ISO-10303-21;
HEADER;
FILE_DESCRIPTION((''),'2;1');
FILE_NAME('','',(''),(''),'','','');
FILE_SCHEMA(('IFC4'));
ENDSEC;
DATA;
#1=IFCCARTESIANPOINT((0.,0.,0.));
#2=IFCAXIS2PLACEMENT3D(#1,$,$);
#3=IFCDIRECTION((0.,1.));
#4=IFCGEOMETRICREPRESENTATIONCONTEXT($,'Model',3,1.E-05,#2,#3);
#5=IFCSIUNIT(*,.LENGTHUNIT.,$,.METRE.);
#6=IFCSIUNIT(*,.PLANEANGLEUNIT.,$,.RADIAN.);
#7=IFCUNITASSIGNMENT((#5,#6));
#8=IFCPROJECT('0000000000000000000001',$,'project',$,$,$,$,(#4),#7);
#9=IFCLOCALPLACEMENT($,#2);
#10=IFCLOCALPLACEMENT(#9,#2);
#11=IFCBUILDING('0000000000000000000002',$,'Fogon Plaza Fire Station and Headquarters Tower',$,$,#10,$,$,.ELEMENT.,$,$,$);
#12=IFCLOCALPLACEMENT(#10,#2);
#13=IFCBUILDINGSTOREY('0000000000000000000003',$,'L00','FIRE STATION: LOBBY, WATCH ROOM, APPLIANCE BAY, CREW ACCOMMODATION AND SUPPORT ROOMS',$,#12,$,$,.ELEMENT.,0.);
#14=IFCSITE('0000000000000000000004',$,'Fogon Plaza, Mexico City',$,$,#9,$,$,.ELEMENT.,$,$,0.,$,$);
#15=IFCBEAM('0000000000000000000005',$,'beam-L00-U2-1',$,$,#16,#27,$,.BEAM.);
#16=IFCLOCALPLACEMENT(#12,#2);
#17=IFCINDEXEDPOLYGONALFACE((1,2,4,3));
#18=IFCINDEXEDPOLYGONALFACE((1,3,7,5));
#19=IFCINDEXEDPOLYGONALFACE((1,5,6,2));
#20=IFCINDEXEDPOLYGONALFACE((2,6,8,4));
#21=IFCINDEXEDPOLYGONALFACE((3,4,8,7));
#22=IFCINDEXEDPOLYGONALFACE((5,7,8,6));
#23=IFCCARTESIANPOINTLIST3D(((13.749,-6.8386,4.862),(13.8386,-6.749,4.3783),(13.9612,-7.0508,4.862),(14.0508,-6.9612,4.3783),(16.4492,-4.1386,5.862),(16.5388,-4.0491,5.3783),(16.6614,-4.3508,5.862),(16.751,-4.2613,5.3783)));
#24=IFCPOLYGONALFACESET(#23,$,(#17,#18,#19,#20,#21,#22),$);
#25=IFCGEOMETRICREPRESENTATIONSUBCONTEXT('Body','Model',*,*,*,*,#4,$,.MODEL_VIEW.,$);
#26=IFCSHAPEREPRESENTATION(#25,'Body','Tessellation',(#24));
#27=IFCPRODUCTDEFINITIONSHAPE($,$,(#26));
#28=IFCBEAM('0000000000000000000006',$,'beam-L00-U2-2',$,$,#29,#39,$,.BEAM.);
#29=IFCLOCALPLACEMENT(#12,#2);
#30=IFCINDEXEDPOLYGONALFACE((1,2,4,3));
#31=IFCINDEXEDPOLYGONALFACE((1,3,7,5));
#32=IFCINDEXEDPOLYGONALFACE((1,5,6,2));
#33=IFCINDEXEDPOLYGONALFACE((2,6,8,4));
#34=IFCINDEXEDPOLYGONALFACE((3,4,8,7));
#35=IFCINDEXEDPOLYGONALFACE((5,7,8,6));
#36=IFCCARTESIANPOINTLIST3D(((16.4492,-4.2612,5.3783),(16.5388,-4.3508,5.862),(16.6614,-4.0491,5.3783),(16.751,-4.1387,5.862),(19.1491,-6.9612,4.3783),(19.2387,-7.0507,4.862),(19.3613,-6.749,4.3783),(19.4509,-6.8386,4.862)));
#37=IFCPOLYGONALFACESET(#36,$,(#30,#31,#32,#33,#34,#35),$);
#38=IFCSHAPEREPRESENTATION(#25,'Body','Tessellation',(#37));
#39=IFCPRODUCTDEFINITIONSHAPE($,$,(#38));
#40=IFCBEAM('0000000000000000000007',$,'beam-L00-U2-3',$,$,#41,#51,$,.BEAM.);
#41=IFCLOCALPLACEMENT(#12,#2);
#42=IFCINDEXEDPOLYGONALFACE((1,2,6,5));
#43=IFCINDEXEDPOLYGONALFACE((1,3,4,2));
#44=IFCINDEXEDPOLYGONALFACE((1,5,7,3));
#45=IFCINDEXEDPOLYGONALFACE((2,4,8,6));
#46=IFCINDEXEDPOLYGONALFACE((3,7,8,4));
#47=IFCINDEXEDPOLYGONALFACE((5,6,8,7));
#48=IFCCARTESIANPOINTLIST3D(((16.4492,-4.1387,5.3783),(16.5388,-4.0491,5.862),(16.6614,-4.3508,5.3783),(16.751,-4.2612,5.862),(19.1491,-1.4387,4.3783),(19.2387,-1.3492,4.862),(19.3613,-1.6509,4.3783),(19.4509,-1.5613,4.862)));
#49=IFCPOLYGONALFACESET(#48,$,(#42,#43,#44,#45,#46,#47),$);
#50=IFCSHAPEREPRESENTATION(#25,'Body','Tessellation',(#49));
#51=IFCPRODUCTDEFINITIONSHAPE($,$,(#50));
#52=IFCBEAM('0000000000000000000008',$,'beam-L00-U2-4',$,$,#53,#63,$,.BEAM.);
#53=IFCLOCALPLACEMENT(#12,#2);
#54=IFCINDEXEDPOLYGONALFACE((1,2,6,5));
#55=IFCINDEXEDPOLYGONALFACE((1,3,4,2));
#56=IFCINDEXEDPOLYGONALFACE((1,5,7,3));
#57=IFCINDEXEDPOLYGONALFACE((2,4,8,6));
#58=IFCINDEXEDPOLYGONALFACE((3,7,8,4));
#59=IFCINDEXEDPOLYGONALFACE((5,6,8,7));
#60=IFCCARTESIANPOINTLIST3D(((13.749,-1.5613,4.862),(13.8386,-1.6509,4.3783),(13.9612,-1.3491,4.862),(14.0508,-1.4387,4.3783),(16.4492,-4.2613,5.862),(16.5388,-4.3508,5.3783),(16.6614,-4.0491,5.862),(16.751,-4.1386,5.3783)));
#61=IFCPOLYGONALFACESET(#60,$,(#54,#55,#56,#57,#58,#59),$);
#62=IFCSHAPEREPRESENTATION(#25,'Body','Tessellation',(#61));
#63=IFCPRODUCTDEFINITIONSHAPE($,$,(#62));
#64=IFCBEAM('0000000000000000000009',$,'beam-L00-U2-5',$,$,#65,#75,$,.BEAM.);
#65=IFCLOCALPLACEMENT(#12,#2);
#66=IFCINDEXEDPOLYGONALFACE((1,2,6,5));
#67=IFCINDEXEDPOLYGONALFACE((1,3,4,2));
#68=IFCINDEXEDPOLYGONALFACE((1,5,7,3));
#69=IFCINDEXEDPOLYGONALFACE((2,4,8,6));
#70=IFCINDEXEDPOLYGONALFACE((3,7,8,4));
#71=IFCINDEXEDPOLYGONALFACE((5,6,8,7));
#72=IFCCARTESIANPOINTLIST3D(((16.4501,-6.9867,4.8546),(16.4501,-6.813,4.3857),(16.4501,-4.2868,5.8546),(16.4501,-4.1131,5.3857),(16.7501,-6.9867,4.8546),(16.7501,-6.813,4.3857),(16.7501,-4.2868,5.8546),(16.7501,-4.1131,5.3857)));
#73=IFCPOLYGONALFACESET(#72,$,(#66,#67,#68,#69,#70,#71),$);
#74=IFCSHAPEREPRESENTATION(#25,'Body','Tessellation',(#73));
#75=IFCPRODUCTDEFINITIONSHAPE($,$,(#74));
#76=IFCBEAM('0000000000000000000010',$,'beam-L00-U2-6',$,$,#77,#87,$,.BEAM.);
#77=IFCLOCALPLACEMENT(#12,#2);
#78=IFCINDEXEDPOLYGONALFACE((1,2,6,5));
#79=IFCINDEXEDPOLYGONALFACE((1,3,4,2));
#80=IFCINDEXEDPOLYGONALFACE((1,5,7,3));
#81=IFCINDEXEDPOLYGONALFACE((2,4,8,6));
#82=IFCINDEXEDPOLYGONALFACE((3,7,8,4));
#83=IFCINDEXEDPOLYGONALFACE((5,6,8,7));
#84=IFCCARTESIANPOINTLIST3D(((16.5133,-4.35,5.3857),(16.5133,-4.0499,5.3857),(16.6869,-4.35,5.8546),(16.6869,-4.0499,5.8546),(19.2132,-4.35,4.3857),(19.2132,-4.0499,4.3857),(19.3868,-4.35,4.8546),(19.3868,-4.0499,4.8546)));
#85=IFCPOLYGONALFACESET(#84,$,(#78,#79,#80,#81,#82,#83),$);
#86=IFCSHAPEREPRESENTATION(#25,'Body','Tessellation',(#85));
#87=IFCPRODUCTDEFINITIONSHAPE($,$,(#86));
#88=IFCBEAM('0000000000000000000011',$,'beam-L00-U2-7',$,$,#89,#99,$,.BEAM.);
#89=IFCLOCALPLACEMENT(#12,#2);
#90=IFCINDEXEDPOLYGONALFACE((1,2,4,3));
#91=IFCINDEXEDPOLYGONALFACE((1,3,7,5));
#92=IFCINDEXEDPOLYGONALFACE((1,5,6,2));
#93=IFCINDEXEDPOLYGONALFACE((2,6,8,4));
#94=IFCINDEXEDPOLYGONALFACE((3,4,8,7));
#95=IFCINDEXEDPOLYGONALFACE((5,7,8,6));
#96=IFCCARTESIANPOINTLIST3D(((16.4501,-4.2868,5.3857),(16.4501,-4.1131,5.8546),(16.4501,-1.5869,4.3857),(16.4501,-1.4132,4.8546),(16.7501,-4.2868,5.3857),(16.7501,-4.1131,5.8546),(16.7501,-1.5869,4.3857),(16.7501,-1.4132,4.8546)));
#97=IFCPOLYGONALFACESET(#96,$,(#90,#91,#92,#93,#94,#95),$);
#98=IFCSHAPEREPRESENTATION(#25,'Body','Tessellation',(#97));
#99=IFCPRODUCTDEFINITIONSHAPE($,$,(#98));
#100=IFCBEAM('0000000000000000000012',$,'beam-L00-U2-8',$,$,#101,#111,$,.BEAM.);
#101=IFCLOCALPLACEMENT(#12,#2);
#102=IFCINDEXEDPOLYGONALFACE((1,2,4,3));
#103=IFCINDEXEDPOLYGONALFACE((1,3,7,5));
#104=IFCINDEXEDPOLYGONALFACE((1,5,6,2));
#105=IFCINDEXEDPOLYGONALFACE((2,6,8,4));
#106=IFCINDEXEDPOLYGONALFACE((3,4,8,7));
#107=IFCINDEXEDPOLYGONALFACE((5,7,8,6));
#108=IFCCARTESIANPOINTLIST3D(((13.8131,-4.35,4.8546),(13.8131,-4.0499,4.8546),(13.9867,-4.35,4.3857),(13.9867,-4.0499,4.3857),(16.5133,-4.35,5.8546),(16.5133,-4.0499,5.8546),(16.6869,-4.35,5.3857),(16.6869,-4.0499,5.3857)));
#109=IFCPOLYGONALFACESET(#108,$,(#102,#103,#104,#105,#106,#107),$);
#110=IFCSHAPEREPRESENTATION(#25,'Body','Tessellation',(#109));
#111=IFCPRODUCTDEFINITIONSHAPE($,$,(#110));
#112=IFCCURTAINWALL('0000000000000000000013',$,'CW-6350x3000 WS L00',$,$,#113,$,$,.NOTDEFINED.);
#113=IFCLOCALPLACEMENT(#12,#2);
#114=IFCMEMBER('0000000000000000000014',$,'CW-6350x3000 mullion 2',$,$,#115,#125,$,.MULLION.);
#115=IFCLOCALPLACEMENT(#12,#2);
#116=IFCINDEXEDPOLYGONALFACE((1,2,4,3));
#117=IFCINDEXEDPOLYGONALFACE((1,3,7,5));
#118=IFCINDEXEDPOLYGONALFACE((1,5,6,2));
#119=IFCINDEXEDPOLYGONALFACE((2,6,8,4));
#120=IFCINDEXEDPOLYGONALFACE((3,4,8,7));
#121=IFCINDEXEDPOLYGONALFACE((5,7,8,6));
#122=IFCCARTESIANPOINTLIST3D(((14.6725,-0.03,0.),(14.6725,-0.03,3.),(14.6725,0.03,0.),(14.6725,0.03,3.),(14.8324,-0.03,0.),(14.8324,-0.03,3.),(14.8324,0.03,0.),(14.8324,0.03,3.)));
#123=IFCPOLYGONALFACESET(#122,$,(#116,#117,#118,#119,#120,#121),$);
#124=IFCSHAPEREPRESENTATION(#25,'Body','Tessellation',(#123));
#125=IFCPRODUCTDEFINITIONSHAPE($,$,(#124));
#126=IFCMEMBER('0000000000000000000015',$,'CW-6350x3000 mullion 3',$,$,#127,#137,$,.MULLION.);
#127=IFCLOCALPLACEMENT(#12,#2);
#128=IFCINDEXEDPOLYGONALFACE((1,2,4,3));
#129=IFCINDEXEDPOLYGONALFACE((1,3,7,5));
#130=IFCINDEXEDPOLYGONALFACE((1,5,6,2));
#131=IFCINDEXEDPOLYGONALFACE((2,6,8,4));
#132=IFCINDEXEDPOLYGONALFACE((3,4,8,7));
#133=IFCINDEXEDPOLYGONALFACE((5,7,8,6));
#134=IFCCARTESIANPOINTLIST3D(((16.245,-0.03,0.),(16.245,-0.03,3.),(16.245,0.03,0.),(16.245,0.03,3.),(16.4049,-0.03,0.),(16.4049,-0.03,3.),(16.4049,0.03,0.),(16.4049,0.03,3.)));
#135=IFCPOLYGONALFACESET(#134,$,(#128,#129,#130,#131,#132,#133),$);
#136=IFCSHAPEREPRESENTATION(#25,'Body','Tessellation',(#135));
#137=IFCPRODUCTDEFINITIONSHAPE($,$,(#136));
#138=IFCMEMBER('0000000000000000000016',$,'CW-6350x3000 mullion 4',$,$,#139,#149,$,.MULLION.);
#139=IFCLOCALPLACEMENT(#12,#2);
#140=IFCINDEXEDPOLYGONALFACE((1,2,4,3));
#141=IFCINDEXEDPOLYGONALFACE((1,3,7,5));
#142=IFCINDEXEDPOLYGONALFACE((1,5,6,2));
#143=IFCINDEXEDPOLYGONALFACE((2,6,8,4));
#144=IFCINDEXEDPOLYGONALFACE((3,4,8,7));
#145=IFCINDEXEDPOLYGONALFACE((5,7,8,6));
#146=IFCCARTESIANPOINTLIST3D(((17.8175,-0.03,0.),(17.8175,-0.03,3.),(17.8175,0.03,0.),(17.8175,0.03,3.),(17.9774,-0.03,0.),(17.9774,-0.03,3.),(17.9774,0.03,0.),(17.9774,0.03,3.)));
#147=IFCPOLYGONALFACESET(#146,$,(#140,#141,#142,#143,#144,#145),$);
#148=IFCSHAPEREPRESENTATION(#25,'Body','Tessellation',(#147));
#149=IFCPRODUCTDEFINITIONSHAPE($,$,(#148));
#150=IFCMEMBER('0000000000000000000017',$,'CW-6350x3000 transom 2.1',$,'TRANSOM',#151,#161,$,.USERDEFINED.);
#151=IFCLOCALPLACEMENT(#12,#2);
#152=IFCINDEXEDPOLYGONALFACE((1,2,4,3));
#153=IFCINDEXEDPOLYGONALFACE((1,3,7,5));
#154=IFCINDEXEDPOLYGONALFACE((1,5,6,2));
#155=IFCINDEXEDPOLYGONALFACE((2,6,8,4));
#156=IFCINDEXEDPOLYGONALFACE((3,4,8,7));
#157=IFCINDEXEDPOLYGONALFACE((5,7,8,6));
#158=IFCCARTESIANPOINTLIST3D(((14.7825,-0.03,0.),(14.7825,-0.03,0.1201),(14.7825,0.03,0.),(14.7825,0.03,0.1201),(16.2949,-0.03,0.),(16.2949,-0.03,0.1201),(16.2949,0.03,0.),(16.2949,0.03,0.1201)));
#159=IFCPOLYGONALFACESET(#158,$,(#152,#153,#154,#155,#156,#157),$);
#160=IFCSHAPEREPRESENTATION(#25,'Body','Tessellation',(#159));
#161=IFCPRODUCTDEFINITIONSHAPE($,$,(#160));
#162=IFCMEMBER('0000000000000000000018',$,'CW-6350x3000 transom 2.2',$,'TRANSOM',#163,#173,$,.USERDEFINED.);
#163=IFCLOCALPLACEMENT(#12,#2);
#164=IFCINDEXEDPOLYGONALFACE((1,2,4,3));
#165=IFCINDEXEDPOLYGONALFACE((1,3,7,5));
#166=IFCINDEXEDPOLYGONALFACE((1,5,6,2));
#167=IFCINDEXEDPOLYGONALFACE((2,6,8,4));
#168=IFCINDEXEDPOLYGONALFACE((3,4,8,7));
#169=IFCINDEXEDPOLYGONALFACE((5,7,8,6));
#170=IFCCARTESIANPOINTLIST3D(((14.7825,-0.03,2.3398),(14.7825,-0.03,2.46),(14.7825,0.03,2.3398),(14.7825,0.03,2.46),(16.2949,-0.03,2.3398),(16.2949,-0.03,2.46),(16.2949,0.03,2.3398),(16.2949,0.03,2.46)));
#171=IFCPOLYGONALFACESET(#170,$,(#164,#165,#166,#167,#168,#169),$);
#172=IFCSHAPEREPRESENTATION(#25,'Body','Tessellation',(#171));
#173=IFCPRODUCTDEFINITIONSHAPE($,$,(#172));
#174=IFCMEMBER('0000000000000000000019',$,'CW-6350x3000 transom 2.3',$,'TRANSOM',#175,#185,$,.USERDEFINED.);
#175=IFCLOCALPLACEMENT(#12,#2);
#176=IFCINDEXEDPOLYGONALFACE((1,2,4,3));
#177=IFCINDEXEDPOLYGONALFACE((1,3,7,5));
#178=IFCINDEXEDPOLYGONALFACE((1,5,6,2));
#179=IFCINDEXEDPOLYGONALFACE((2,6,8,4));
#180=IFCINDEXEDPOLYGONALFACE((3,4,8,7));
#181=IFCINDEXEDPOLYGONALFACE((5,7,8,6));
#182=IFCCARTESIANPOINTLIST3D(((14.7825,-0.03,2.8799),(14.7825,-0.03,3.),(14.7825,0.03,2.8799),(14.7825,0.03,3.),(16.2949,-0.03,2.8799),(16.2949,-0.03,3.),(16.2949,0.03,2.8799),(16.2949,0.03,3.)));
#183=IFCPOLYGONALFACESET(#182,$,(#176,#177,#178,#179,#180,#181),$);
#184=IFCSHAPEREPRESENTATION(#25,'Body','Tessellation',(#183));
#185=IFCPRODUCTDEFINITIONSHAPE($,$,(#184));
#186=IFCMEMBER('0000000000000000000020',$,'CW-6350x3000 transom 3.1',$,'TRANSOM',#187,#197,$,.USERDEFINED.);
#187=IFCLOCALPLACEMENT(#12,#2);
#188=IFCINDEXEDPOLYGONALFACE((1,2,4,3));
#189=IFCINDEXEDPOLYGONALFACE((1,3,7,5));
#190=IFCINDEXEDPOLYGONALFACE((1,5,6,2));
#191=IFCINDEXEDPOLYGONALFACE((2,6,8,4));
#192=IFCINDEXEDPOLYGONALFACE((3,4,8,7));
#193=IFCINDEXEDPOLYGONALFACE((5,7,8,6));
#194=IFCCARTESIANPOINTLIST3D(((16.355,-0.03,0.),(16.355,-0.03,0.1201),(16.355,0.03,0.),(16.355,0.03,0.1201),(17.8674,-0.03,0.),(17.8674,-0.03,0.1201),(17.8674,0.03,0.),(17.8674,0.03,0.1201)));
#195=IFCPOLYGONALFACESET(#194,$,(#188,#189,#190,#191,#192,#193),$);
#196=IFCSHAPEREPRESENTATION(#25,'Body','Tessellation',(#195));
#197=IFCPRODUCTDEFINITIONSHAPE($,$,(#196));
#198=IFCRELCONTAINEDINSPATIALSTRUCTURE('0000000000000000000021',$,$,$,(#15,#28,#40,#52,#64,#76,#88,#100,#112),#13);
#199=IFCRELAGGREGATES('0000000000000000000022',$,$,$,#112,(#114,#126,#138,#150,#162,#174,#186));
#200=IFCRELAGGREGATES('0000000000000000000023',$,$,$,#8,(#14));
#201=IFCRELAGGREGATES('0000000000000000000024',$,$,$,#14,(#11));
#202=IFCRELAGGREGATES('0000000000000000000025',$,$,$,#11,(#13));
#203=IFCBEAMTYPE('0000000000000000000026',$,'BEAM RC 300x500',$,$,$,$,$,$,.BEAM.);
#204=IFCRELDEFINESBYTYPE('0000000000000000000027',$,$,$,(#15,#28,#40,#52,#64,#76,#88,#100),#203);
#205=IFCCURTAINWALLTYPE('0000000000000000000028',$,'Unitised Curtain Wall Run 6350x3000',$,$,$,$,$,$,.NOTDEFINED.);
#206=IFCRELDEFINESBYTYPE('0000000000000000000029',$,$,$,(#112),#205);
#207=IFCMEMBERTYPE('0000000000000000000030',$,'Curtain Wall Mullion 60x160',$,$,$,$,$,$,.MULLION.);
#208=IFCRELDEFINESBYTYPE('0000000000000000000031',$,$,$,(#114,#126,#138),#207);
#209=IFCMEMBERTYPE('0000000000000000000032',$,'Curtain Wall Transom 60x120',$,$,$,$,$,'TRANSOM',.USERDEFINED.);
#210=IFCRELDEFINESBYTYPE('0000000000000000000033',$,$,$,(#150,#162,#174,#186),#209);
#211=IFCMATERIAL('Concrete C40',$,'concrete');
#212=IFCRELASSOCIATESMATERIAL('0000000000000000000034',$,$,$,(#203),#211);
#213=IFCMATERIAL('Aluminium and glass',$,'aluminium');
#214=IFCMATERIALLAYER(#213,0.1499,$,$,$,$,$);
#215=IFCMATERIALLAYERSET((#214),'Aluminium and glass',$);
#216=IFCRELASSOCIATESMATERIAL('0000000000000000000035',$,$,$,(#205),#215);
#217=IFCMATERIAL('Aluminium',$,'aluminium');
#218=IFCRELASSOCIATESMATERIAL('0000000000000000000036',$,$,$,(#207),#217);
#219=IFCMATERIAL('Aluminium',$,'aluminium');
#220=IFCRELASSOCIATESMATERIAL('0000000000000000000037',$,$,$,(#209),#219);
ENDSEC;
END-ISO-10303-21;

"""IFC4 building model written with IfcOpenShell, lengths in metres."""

from ifc_helpers import new_model, si_unit, direction, frame, origin, origin_2d, place, context, subcontext, project, spatial, rectangle, extrude, material, layer, layer_set, material_profile, profile_set, type_object, element, aggregate, save


model = new_model("IFC4")

# Units and contexts
model_context = context("Model", 3, precision=1e-05, world=origin(), true_north=direction((0.0, 1.0)))
body_context = subcontext(model_context, "Body", "Model", "MODEL_VIEW")
ifc_project = project(units=[si_unit("LENGTHUNIT", "METRE"), si_unit("PLANEANGLEUNIT", "RADIAN")], contexts=[model_context])

# Site, building, storey
site_placement = place(None, origin())
site = spatial("IfcSite", under=ifc_project, at=site_placement, Name="Fogon Plaza, Mexico City", CompositionType="ELEMENT", RefElevation=0.0)
building_placement = place(site_placement, origin())
building = spatial("IfcBuilding", under=site, at=building_placement, Name="Fogon Plaza Fire Station and Headquarters Tower", CompositionType="ELEMENT")
storey_placement = place(building_placement, origin())
storey = spatial("IfcBuildingStorey", under=building, at=storey_placement, Name="L00", Description="FIRE STATION: LOBBY, WATCH ROOM, APPLIANCE BAY, CREW ACCOMMODATION AND SUPPORT ROOMS", CompositionType="ELEMENT", Elevation=0.0)

# Beams
ifc_material_1 = material(Name="Concrete C40", Category="concrete")
ifc_material_profile_1 = material_profile(ifc_material_1, rectangle(XDim=0.3, YDim=0.5, at=origin_2d()), Name="RC 300x500")
ifc_profile_set_1 = profile_set([ifc_material_profile_1], Name="Concrete C40")
beam_type = type_object("IfcBeamType", Name="BEAM RC 300x500", PredefinedType="BEAM", material=ifc_profile_set_1)
beam_1_placement = place(storey_placement, frame((16.6001, -4.2, 5.6201), z_axis=(-0.68407, -0.684008, -0.253341), x_axis=(0.707075, -0.707139, 0.0)))
element("IfcBeam", 1, at=beam_1_placement, inside=storey, type_object=beam_type, Name="beam-L00-U2-1", PredefinedType="BEAM", context=body_context, shape_type="SweptSolid", body=[
    extrude(rectangle(XDim=0.3, YDim=0.5, at=origin_2d()), origin(), (0.0, 0.0, 1.0), 3.9473),
])
for number, where, z_axis, x_axis, name in (
    (2, (16.6001, -4.2, 5.6201), (0.684037, -0.684037, -0.253352), (0.707107, 0.707107, 0.0), "beam-L00-U2-2"),
    (3, (16.6001, -4.2, 5.6201), (0.684037, 0.684037, -0.253352), (-0.707107, 0.707107, 0.0), "beam-L00-U2-3"),
):
    element("IfcBeam", number, at=place(storey_placement, frame(where, z_axis=z_axis, x_axis=x_axis)), inside=storey, type_object=beam_type, Name=name, PredefinedType="BEAM", context=body_context, shape_type="SweptSolid", body=[
        extrude(rectangle(XDim=0.3, YDim=0.5, at=origin_2d()), origin(), (0.0, 0.0, 1.0), 3.947),
    ])
beam_2_placement = place(storey_placement, frame((16.6001, -4.2, 5.6201), z_axis=(-0.68407, 0.684008, -0.253341), x_axis=(-0.707075, -0.707139, 0.0)))
element("IfcBeam", 4, at=beam_2_placement, inside=storey, type_object=beam_type, Name="beam-L00-U2-4", PredefinedType="BEAM", context=body_context, shape_type="SweptSolid", body=[
    extrude(rectangle(XDim=0.3, YDim=0.5, at=origin_2d()), origin(), (0.0, 0.0, 1.0), 3.9473),
])
for number, where, z_axis, x_axis, name in (
    (5, (16.6001, -4.2, 5.6201), (0.0, -0.937747, -0.34732), (1.0, 0.0, 0.0), "beam-L00-U2-5"),
    (6, (16.6001, -4.2, 5.6201), (0.937747, 0.0, -0.34732), (0.0, 1.0, 0.0), "beam-L00-U2-6"),
    (7, (16.6001, -4.2, 5.6201), (0.0, 0.937747, -0.34732), (-1.0, 0.0, 0.0), "beam-L00-U2-7"),
):
    element("IfcBeam", number, at=place(storey_placement, frame(where, z_axis=z_axis, x_axis=x_axis)), inside=storey, type_object=beam_type, Name=name, PredefinedType="BEAM", context=body_context, shape_type="SweptSolid", body=[
        extrude(rectangle(XDim=0.3, YDim=0.5, at=origin_2d()), origin(), (0.0, 0.0, 1.0), 2.8792),
    ])
beam_3_placement = place(storey_placement, frame((16.6001, -4.2, 5.6201), z_axis=(-0.937757, 0.0, -0.347292), x_axis=(0.0, -1.0, 0.0)))
element("IfcBeam", 8, at=beam_3_placement, inside=storey, type_object=beam_type, Name="beam-L00-U2-8", PredefinedType="BEAM", context=body_context, shape_type="SweptSolid", body=[
    extrude(rectangle(XDim=0.3, YDim=0.5, at=origin_2d()), origin(), (0.0, 0.0, 1.0), 2.8794),
])

# Curtain wall, members
ifc_material_2 = material(Name="Aluminium and glass", Category="aluminium")
ifc_layer_1 = layer(ifc_material_2, 0.1499)
ifc_layer_set_1 = layer_set([ifc_layer_1], Name="Aluminium and glass")
curtain_wall_type = type_object("IfcCurtainWallType", Name="Unitised Curtain Wall Run 6350x3000", PredefinedType="NOTDEFINED", material=ifc_layer_set_1)
curtain_wall_placement = place(storey_placement, origin())
curtain_wall = element("IfcCurtainWall", 9, at=curtain_wall_placement, inside=storey, type_object=curtain_wall_type, Name="CW-6350x3000 WS L00", PredefinedType="NOTDEFINED")
ifc_material_3 = material(Name="Aluminium", Category="aluminium")
ifc_material_profile_2 = material_profile(ifc_material_3, rectangle(XDim=0.0601, YDim=0.1599, at=origin_2d()), Name="Curtain Wall Mullion 60x160")
ifc_profile_set_2 = profile_set([ifc_material_profile_2], Name="Aluminium")
member_type_1 = type_object("IfcMemberType", Name="Curtain Wall Mullion 60x160", PredefinedType="MULLION", material=ifc_profile_set_2)
member_1_placement = place(storey_placement, frame((14.7524, 0.0, 0.0), z_axis=(0.0, 0.0, 1.0), x_axis=(0.0, 1.0, 0.0)))
member_1 = element("IfcMember", 10, at=member_1_placement, type_object=member_type_1, Name="CW-6350x3000 mullion 2", PredefinedType="MULLION", context=body_context, shape_type="SweptSolid", body=[
    extrude(rectangle(XDim=0.0601, YDim=0.1599, at=origin_2d()), origin(), (0.0, 0.0, 1.0), 3.0),
])
member_2_placement = place(storey_placement, frame((16.325, 0.0, 0.0), z_axis=(0.0, 0.0, 1.0), x_axis=(0.0, 1.0, 0.0)))
member_2 = element("IfcMember", 11, at=member_2_placement, type_object=member_type_1, Name="CW-6350x3000 mullion 3", PredefinedType="MULLION", context=body_context, shape_type="SweptSolid", body=[
    extrude(rectangle(XDim=0.0601, YDim=0.1599, at=origin_2d()), origin(), (0.0, 0.0, 1.0), 3.0),
])
member_3_placement = place(storey_placement, frame((17.8975, 0.0, 0.0), z_axis=(0.0, 0.0, 1.0), x_axis=(0.0, 1.0, 0.0)))
member_3 = element("IfcMember", 12, at=member_3_placement, type_object=member_type_1, Name="CW-6350x3000 mullion 4", PredefinedType="MULLION", context=body_context, shape_type="SweptSolid", body=[
    extrude(rectangle(XDim=0.0601, YDim=0.1599, at=origin_2d()), origin(), (0.0, 0.0, 1.0), 3.0),
])
ifc_material_4 = material(Name="Aluminium", Category="aluminium")
ifc_material_profile_3 = material_profile(ifc_material_4, rectangle(XDim=0.0601, YDim=0.1201, at=origin_2d()), Name="Curtain Wall Transom 60x120")
ifc_profile_set_3 = profile_set([ifc_material_profile_3], Name="Aluminium")
member_type_2 = type_object("IfcMemberType", Name="Curtain Wall Transom 60x120", ElementType="TRANSOM", PredefinedType="USERDEFINED", material=ifc_profile_set_3)
member_4_placement = place(storey_placement, frame((14.7825, 0.0, 0.0601), z_axis=(1.0, 0.0, 0.0), x_axis=(0.0, 1.0, 0.0)))
member_4 = element("IfcMember", 13, at=member_4_placement, type_object=member_type_2, Name="CW-6350x3000 transom 2.1", ObjectType="TRANSOM", PredefinedType="USERDEFINED", context=body_context, shape_type="SweptSolid", body=[
    extrude(rectangle(XDim=0.0601, YDim=0.1201, at=origin_2d()), origin(), (0.0, 0.0, 1.0), 1.5125),
])
member_5_placement = place(storey_placement, frame((14.7825, 0.0, 2.3999), z_axis=(1.0, 0.0, 0.0), x_axis=(0.0, 1.0, 0.0)))
member_5 = element("IfcMember", 14, at=member_5_placement, type_object=member_type_2, Name="CW-6350x3000 transom 2.2", ObjectType="TRANSOM", PredefinedType="USERDEFINED", context=body_context, shape_type="SweptSolid", body=[
    extrude(rectangle(XDim=0.0601, YDim=0.1201, at=origin_2d()), origin(), (0.0, 0.0, 1.0), 1.5125),
])
member_6_placement = place(storey_placement, frame((14.7825, 0.0, 2.9399), z_axis=(1.0, 0.0, 0.0), x_axis=(0.0, 1.0, 0.0)))
member_6 = element("IfcMember", 15, at=member_6_placement, type_object=member_type_2, Name="CW-6350x3000 transom 2.3", ObjectType="TRANSOM", PredefinedType="USERDEFINED", context=body_context, shape_type="SweptSolid", body=[
    extrude(rectangle(XDim=0.0601, YDim=0.1201, at=origin_2d()), origin(), (0.0, 0.0, 1.0), 1.5125),
])
member_7_placement = place(storey_placement, frame((16.355, 0.0, 0.0601), z_axis=(1.0, 0.0, 0.0), x_axis=(0.0, 1.0, 0.0)))
member_7 = element("IfcMember", 16, at=member_7_placement, type_object=member_type_2, Name="CW-6350x3000 transom 3.1", ObjectType="TRANSOM", PredefinedType="USERDEFINED", context=body_context, shape_type="SweptSolid", body=[
    extrude(rectangle(XDim=0.0601, YDim=0.1201, at=origin_2d()), origin(), (0.0, 0.0, 1.0), 1.5125),
])

aggregate(curtain_wall, [member_1, member_2, member_3, member_4, member_5, member_6, member_7])

save(model, "model.ifc")
